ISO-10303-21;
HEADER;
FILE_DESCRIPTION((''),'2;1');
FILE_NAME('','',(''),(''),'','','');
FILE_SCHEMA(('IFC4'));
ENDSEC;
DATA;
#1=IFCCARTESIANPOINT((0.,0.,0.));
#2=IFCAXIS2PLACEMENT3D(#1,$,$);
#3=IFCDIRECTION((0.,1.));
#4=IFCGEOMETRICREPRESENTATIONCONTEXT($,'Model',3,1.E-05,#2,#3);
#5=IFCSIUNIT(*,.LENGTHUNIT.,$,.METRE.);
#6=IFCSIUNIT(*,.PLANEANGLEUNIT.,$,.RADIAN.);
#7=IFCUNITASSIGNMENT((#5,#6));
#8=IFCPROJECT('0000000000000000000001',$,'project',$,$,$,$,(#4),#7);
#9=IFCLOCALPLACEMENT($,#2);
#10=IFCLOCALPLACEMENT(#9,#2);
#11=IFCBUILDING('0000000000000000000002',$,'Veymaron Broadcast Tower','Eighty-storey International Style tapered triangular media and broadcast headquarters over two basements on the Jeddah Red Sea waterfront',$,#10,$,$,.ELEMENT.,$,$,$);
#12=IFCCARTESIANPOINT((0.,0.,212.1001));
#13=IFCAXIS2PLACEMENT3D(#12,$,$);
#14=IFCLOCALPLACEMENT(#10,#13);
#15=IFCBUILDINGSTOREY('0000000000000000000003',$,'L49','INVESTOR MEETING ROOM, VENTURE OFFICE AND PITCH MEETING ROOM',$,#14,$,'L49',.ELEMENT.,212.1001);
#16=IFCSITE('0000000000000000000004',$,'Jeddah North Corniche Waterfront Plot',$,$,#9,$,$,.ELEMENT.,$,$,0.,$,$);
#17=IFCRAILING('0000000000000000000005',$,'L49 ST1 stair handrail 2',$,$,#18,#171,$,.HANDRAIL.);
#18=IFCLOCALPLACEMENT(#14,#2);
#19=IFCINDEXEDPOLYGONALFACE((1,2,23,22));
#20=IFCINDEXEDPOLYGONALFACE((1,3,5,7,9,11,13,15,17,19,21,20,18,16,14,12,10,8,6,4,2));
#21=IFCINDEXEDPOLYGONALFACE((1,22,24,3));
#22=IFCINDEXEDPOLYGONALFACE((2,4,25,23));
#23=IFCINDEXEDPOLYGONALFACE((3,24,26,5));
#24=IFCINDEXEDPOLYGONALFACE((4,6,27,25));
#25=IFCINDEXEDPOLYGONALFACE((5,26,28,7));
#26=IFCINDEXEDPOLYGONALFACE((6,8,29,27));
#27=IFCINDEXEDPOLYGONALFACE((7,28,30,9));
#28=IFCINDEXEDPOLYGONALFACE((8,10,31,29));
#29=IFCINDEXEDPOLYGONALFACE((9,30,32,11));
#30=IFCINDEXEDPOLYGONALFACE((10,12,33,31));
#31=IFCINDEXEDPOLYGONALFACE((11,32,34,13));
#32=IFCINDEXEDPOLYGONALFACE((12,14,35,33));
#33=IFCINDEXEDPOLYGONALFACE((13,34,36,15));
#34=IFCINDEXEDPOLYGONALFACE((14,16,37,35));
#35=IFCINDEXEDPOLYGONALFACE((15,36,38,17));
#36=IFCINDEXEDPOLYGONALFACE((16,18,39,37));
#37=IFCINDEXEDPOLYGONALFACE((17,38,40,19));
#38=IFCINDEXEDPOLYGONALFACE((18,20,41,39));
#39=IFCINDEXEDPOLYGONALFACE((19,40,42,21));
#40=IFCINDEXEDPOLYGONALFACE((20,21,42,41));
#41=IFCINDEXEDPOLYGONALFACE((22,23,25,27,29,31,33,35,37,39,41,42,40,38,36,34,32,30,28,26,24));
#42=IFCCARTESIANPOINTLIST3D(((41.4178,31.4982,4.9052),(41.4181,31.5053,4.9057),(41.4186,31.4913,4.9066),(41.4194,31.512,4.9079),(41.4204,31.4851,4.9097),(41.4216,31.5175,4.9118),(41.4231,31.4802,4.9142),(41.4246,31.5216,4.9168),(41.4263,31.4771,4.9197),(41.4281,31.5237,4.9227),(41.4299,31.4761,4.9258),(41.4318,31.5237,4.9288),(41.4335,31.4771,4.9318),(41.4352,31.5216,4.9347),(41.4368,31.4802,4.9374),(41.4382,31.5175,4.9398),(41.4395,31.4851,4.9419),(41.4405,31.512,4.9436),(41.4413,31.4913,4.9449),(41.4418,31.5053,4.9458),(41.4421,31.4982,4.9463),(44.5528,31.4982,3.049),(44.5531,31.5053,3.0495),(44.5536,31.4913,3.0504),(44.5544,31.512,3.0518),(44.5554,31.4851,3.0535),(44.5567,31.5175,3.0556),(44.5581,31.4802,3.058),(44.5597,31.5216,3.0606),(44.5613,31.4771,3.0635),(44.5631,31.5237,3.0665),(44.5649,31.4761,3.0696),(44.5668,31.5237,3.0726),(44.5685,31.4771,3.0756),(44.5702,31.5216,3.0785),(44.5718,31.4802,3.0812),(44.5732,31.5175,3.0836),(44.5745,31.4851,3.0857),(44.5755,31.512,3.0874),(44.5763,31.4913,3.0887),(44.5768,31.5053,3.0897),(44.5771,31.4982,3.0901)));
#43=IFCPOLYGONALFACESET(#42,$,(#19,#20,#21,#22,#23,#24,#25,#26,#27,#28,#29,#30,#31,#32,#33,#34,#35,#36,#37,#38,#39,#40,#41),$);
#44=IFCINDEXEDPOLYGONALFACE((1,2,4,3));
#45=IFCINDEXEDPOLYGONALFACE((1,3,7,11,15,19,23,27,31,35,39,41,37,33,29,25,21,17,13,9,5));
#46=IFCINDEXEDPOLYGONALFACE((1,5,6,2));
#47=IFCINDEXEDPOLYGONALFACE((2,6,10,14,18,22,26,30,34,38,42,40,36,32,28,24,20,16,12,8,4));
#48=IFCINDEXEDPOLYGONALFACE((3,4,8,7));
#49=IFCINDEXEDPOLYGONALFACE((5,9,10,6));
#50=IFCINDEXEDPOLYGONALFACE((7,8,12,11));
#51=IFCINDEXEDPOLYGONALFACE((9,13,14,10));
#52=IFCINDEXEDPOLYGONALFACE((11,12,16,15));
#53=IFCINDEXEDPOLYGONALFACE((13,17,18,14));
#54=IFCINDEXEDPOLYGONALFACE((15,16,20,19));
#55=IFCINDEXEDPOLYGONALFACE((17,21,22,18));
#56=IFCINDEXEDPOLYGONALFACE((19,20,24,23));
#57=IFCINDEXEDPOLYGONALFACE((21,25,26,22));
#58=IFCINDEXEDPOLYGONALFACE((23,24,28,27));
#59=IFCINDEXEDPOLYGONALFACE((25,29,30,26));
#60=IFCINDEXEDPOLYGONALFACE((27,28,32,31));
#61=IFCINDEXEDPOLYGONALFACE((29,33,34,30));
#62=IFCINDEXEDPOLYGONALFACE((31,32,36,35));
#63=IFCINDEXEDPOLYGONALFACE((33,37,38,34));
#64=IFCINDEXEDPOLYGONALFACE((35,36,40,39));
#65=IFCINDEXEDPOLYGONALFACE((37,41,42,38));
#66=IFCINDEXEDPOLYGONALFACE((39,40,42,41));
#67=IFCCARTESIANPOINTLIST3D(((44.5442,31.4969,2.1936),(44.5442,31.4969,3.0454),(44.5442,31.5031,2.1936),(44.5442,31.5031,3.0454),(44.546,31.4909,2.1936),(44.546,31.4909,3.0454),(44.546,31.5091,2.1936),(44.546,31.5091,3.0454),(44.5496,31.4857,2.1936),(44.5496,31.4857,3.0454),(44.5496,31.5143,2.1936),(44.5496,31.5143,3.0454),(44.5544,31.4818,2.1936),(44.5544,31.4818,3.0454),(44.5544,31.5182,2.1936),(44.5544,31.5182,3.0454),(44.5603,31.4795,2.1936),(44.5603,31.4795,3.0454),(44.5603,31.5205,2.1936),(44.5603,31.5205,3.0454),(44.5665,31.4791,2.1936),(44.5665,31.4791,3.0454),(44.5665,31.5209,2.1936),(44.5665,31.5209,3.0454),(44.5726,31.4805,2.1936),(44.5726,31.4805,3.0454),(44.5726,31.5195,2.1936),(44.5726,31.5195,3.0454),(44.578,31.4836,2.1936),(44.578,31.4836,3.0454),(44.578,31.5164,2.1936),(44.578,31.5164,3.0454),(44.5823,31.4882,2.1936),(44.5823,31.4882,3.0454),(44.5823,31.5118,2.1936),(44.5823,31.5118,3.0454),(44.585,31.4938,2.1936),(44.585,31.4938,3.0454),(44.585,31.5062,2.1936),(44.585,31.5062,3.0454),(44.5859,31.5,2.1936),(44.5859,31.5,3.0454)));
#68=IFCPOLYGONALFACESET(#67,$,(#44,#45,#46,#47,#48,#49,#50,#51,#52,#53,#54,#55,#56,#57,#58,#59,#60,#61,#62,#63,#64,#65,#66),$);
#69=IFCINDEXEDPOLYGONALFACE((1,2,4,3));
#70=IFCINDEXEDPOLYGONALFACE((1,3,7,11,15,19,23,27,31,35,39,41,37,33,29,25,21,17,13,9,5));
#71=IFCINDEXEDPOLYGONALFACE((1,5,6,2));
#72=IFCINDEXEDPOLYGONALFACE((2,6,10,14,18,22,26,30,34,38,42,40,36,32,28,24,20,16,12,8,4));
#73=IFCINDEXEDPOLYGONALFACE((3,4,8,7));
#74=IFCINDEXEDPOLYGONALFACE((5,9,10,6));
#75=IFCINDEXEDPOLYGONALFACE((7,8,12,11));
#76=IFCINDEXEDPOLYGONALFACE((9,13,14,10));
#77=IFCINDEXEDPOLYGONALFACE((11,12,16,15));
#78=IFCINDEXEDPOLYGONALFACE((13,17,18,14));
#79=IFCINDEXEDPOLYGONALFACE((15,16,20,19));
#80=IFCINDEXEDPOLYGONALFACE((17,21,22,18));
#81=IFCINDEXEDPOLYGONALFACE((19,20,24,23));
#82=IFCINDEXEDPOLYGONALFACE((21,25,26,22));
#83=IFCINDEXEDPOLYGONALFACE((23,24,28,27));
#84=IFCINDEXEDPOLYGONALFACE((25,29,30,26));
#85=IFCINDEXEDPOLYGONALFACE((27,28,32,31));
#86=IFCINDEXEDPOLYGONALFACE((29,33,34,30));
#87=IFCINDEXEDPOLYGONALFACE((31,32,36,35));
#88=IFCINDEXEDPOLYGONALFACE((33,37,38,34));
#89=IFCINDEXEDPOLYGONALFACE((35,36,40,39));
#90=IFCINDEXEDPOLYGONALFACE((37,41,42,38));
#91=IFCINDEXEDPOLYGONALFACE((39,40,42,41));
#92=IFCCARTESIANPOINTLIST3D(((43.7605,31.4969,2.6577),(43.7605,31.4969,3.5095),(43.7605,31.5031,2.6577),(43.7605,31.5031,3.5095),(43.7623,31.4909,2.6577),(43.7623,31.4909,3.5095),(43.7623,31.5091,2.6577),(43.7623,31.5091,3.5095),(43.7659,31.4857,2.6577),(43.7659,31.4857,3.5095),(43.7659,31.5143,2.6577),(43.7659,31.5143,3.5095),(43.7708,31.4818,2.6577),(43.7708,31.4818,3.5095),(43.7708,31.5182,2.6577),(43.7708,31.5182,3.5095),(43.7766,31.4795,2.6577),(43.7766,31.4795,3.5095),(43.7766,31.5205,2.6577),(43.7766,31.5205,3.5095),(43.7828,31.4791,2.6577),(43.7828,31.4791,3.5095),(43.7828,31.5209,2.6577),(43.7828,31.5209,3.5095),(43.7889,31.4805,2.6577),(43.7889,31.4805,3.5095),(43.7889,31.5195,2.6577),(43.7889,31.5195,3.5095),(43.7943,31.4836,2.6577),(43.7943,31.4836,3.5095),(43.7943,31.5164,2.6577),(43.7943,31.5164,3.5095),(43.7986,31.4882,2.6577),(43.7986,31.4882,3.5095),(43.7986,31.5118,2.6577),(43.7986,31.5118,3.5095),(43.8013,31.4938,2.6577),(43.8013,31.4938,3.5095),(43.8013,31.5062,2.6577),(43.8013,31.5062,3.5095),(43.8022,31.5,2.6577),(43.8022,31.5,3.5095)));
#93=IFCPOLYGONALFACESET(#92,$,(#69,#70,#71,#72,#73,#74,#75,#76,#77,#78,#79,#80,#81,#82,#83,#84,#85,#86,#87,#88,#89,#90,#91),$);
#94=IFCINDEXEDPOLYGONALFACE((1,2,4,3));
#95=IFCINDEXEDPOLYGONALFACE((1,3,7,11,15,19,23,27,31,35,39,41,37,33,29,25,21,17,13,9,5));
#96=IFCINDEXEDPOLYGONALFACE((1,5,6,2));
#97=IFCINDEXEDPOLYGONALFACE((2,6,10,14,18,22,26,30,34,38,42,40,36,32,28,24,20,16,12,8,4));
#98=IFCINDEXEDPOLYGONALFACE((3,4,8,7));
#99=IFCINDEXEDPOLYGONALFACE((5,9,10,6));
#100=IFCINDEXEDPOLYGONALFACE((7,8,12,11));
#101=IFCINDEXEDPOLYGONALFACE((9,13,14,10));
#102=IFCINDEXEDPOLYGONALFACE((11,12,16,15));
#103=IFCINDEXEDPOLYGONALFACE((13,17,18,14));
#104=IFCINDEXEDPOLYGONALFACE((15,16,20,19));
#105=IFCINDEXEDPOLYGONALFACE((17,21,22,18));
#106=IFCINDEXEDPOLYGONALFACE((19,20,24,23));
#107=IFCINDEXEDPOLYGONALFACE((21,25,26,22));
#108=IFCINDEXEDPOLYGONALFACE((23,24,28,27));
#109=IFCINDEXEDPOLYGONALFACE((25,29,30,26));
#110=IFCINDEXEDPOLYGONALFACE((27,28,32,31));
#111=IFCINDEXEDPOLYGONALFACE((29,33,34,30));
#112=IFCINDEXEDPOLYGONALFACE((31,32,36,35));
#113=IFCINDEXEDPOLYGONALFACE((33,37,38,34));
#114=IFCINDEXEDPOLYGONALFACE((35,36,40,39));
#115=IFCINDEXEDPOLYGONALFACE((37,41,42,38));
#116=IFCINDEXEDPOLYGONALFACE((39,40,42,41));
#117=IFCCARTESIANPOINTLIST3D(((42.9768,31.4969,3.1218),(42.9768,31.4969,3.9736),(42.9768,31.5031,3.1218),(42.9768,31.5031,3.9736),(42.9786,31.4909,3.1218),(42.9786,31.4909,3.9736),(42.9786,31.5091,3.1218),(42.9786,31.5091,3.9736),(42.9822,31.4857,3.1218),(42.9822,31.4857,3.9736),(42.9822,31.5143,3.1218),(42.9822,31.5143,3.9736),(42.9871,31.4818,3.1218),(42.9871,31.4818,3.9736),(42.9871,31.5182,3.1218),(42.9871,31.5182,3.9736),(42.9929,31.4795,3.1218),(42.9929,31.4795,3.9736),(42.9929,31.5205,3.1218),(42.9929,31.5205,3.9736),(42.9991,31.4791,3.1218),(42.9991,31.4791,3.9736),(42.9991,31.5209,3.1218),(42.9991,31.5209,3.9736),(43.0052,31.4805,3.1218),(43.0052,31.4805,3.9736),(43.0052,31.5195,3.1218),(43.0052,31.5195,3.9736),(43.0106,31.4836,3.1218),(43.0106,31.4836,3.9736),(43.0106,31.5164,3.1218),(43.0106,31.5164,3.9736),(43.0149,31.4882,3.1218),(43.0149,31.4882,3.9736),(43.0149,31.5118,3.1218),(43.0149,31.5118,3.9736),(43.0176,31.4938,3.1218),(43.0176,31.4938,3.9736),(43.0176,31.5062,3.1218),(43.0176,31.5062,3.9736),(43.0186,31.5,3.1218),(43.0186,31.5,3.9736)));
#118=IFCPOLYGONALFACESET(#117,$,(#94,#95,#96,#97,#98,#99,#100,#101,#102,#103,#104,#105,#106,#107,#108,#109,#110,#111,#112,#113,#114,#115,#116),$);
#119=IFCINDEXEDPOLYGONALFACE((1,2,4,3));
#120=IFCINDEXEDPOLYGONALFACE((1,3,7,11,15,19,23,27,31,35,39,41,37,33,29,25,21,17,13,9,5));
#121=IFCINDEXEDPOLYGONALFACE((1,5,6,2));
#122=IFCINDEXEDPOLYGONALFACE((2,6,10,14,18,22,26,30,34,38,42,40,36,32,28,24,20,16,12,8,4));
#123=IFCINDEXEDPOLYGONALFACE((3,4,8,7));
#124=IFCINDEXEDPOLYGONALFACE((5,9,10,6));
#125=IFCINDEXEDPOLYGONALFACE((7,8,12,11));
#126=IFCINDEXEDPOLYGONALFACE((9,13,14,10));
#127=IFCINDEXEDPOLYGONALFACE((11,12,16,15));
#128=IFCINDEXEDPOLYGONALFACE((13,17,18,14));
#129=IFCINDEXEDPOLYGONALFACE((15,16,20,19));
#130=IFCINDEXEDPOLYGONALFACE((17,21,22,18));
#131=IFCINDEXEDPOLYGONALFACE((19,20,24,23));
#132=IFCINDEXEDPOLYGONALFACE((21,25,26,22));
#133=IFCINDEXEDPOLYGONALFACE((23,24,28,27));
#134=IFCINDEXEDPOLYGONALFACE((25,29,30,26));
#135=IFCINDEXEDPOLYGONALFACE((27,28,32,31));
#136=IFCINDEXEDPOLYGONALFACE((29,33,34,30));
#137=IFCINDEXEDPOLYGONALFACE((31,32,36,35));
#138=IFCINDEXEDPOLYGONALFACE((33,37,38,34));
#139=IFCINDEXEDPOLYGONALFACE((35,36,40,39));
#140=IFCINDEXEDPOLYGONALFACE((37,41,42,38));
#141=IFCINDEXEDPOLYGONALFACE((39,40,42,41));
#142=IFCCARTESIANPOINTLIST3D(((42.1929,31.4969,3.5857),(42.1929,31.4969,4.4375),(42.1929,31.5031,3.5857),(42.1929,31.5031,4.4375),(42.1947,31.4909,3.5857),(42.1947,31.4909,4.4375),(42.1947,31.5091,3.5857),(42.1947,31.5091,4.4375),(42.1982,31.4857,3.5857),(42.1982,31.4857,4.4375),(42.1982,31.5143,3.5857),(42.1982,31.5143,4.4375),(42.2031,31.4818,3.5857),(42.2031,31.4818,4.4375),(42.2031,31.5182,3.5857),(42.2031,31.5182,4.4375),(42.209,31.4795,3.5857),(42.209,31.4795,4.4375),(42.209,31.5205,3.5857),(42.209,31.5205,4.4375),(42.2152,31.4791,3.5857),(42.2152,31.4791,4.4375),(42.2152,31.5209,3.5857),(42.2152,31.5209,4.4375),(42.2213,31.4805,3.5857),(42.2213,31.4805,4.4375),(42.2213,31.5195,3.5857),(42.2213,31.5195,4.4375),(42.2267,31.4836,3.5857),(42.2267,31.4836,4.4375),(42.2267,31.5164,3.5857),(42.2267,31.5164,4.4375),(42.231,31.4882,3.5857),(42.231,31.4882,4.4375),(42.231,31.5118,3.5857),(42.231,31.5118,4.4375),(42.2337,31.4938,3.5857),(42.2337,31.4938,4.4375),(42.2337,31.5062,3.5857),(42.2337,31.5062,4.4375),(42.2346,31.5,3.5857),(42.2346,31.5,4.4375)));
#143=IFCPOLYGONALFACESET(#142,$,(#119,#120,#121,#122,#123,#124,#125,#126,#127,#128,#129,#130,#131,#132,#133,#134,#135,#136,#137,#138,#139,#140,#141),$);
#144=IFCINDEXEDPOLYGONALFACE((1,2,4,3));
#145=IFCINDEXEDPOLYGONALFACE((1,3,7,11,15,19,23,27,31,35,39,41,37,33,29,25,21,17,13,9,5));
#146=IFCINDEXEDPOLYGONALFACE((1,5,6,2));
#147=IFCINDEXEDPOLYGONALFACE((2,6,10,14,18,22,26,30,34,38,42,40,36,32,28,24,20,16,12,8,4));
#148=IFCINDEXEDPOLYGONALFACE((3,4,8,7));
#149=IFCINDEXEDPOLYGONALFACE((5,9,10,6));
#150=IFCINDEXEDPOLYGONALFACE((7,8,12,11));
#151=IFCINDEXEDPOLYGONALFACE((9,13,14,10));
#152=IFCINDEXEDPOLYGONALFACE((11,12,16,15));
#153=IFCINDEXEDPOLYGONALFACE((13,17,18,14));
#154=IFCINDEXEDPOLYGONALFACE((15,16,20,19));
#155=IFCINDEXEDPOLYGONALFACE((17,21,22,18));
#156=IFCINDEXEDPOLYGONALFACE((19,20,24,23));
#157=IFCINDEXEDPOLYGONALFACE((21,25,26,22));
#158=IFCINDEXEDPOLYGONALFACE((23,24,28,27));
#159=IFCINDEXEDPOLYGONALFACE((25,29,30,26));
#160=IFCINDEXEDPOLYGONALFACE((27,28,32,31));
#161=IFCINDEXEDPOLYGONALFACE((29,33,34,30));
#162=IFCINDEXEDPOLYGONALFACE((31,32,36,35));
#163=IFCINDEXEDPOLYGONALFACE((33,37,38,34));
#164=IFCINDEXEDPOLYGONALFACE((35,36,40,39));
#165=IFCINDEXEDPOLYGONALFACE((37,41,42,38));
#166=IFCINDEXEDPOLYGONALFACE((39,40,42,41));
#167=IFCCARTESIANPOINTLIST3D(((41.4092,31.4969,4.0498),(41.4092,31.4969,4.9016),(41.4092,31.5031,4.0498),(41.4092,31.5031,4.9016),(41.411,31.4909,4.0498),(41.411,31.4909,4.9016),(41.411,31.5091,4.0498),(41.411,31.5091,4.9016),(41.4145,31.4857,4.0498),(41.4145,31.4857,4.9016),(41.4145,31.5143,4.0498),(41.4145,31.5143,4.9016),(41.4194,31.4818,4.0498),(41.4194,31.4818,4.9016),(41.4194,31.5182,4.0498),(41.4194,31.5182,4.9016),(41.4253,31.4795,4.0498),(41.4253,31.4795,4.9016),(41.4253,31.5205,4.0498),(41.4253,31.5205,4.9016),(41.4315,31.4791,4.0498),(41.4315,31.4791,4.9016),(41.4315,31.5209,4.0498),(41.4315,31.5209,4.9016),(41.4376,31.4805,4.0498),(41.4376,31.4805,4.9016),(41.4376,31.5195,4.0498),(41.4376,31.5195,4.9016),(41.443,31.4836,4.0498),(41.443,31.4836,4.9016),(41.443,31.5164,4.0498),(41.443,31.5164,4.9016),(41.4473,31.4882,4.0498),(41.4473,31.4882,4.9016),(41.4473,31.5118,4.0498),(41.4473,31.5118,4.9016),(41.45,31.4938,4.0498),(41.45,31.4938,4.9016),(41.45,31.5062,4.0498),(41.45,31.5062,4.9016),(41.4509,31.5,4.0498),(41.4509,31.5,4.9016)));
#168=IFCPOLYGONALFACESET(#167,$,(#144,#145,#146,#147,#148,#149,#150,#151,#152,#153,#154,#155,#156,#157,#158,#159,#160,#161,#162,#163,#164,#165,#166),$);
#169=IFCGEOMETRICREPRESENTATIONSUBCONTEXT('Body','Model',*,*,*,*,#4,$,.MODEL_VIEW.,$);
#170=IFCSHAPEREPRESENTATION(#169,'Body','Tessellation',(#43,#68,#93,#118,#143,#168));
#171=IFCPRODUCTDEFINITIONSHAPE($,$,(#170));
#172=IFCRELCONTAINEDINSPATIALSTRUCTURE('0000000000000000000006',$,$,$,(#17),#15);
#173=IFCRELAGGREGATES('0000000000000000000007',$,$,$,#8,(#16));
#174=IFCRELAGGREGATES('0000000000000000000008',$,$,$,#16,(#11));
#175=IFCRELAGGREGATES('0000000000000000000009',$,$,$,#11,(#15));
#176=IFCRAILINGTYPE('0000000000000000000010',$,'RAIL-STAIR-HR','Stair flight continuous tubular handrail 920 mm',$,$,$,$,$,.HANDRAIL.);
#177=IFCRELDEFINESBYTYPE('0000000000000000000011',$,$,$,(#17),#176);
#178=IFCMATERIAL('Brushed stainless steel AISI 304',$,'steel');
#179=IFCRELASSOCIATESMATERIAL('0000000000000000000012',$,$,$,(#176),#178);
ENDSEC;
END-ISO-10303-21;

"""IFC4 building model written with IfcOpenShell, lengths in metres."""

from ifc_helpers import new_model, si_unit, direction, frame, origin, origin_2d, place, context, subcontext, project, spatial, circle, extrude, material, type_object, element, save


model = new_model("IFC4")

# Units and contexts
model_context = context("Model", 3, precision=1e-05, world=origin(), true_north=direction((0.0, 1.0)))
body_context = subcontext(model_context, "Body", "Model", "MODEL_VIEW")
ifc_project = project(units=[si_unit("LENGTHUNIT", "METRE"), si_unit("PLANEANGLEUNIT", "RADIAN")], contexts=[model_context])

# Site, building, storey
site_placement = place(None, origin())
site = spatial("IfcSite", under=ifc_project, at=site_placement, Name="Jeddah North Corniche Waterfront Plot", CompositionType="ELEMENT", RefElevation=0.0)
building_placement = place(site_placement, origin())
building = spatial("IfcBuilding", under=site, at=building_placement, Name="Veymaron Broadcast Tower", Description="Eighty-storey International Style tapered triangular media and broadcast headquarters over two basements on the Jeddah Red Sea waterfront", CompositionType="ELEMENT")
storey_placement = place(building_placement, frame((0.0, 0.0, 212.1001)))
storey = spatial("IfcBuildingStorey", under=building, at=storey_placement, Name="L49", Description="INVESTOR MEETING ROOM, VENTURE OFFICE AND PITCH MEETING ROOM", LongName="L49", CompositionType="ELEMENT", Elevation=212.1001)

# Shared definitions
ifc_material_1 = material(Name="Brushed stainless steel AISI 304", Category="steel")

# Railing
railing_type_1 = type_object("IfcRailingType", Name="RAIL-STAIR-HR", Description="Stair flight continuous tubular handrail 920 mm", PredefinedType="HANDRAIL", material=ifc_material_1)
railing_1_placement = place(storey_placement, frame((44.5649, 31.5, 2.1936)))
element("IfcRailing", 1, at=railing_1_placement, inside=storey, type_object=railing_type_1, Name="L49 ST1 stair handrail 2", PredefinedType="HANDRAIL", context=body_context, shape_type="SweptSolid", body=[
    extrude(circle(Radius=0.0239, at=origin_2d()), frame((0.0, 0.0, 0.876), z_axis=(-0.860482, 0.0, 0.509481), x_axis=(0.0, -1.0, 0.0)), (0.0, 0.0, 1.0), 3.6433),
    extrude(circle(Radius=0.021, at=origin_2d()), origin(), (0.0, 0.0, 1.0), 0.8518),
    extrude(circle(Radius=0.021, at=origin_2d()), frame((-0.7837, 0.0, 0.4641)), (0.0, 0.0, 1.0), 0.8518),
    extrude(circle(Radius=0.021, at=origin_2d()), frame((-1.5674, 0.0, 0.9282)), (0.0, 0.0, 1.0), 0.8518),
    extrude(circle(Radius=0.021, at=origin_2d()), frame((-2.3513, 0.0, 1.3921)), (0.0, 0.0, 1.0), 0.8518),
    extrude(circle(Radius=0.021, at=origin_2d()), frame((-3.135, 0.0, 1.8562)), (0.0, 0.0, 1.0), 0.8518),
])

save(model, "model.ifc")
